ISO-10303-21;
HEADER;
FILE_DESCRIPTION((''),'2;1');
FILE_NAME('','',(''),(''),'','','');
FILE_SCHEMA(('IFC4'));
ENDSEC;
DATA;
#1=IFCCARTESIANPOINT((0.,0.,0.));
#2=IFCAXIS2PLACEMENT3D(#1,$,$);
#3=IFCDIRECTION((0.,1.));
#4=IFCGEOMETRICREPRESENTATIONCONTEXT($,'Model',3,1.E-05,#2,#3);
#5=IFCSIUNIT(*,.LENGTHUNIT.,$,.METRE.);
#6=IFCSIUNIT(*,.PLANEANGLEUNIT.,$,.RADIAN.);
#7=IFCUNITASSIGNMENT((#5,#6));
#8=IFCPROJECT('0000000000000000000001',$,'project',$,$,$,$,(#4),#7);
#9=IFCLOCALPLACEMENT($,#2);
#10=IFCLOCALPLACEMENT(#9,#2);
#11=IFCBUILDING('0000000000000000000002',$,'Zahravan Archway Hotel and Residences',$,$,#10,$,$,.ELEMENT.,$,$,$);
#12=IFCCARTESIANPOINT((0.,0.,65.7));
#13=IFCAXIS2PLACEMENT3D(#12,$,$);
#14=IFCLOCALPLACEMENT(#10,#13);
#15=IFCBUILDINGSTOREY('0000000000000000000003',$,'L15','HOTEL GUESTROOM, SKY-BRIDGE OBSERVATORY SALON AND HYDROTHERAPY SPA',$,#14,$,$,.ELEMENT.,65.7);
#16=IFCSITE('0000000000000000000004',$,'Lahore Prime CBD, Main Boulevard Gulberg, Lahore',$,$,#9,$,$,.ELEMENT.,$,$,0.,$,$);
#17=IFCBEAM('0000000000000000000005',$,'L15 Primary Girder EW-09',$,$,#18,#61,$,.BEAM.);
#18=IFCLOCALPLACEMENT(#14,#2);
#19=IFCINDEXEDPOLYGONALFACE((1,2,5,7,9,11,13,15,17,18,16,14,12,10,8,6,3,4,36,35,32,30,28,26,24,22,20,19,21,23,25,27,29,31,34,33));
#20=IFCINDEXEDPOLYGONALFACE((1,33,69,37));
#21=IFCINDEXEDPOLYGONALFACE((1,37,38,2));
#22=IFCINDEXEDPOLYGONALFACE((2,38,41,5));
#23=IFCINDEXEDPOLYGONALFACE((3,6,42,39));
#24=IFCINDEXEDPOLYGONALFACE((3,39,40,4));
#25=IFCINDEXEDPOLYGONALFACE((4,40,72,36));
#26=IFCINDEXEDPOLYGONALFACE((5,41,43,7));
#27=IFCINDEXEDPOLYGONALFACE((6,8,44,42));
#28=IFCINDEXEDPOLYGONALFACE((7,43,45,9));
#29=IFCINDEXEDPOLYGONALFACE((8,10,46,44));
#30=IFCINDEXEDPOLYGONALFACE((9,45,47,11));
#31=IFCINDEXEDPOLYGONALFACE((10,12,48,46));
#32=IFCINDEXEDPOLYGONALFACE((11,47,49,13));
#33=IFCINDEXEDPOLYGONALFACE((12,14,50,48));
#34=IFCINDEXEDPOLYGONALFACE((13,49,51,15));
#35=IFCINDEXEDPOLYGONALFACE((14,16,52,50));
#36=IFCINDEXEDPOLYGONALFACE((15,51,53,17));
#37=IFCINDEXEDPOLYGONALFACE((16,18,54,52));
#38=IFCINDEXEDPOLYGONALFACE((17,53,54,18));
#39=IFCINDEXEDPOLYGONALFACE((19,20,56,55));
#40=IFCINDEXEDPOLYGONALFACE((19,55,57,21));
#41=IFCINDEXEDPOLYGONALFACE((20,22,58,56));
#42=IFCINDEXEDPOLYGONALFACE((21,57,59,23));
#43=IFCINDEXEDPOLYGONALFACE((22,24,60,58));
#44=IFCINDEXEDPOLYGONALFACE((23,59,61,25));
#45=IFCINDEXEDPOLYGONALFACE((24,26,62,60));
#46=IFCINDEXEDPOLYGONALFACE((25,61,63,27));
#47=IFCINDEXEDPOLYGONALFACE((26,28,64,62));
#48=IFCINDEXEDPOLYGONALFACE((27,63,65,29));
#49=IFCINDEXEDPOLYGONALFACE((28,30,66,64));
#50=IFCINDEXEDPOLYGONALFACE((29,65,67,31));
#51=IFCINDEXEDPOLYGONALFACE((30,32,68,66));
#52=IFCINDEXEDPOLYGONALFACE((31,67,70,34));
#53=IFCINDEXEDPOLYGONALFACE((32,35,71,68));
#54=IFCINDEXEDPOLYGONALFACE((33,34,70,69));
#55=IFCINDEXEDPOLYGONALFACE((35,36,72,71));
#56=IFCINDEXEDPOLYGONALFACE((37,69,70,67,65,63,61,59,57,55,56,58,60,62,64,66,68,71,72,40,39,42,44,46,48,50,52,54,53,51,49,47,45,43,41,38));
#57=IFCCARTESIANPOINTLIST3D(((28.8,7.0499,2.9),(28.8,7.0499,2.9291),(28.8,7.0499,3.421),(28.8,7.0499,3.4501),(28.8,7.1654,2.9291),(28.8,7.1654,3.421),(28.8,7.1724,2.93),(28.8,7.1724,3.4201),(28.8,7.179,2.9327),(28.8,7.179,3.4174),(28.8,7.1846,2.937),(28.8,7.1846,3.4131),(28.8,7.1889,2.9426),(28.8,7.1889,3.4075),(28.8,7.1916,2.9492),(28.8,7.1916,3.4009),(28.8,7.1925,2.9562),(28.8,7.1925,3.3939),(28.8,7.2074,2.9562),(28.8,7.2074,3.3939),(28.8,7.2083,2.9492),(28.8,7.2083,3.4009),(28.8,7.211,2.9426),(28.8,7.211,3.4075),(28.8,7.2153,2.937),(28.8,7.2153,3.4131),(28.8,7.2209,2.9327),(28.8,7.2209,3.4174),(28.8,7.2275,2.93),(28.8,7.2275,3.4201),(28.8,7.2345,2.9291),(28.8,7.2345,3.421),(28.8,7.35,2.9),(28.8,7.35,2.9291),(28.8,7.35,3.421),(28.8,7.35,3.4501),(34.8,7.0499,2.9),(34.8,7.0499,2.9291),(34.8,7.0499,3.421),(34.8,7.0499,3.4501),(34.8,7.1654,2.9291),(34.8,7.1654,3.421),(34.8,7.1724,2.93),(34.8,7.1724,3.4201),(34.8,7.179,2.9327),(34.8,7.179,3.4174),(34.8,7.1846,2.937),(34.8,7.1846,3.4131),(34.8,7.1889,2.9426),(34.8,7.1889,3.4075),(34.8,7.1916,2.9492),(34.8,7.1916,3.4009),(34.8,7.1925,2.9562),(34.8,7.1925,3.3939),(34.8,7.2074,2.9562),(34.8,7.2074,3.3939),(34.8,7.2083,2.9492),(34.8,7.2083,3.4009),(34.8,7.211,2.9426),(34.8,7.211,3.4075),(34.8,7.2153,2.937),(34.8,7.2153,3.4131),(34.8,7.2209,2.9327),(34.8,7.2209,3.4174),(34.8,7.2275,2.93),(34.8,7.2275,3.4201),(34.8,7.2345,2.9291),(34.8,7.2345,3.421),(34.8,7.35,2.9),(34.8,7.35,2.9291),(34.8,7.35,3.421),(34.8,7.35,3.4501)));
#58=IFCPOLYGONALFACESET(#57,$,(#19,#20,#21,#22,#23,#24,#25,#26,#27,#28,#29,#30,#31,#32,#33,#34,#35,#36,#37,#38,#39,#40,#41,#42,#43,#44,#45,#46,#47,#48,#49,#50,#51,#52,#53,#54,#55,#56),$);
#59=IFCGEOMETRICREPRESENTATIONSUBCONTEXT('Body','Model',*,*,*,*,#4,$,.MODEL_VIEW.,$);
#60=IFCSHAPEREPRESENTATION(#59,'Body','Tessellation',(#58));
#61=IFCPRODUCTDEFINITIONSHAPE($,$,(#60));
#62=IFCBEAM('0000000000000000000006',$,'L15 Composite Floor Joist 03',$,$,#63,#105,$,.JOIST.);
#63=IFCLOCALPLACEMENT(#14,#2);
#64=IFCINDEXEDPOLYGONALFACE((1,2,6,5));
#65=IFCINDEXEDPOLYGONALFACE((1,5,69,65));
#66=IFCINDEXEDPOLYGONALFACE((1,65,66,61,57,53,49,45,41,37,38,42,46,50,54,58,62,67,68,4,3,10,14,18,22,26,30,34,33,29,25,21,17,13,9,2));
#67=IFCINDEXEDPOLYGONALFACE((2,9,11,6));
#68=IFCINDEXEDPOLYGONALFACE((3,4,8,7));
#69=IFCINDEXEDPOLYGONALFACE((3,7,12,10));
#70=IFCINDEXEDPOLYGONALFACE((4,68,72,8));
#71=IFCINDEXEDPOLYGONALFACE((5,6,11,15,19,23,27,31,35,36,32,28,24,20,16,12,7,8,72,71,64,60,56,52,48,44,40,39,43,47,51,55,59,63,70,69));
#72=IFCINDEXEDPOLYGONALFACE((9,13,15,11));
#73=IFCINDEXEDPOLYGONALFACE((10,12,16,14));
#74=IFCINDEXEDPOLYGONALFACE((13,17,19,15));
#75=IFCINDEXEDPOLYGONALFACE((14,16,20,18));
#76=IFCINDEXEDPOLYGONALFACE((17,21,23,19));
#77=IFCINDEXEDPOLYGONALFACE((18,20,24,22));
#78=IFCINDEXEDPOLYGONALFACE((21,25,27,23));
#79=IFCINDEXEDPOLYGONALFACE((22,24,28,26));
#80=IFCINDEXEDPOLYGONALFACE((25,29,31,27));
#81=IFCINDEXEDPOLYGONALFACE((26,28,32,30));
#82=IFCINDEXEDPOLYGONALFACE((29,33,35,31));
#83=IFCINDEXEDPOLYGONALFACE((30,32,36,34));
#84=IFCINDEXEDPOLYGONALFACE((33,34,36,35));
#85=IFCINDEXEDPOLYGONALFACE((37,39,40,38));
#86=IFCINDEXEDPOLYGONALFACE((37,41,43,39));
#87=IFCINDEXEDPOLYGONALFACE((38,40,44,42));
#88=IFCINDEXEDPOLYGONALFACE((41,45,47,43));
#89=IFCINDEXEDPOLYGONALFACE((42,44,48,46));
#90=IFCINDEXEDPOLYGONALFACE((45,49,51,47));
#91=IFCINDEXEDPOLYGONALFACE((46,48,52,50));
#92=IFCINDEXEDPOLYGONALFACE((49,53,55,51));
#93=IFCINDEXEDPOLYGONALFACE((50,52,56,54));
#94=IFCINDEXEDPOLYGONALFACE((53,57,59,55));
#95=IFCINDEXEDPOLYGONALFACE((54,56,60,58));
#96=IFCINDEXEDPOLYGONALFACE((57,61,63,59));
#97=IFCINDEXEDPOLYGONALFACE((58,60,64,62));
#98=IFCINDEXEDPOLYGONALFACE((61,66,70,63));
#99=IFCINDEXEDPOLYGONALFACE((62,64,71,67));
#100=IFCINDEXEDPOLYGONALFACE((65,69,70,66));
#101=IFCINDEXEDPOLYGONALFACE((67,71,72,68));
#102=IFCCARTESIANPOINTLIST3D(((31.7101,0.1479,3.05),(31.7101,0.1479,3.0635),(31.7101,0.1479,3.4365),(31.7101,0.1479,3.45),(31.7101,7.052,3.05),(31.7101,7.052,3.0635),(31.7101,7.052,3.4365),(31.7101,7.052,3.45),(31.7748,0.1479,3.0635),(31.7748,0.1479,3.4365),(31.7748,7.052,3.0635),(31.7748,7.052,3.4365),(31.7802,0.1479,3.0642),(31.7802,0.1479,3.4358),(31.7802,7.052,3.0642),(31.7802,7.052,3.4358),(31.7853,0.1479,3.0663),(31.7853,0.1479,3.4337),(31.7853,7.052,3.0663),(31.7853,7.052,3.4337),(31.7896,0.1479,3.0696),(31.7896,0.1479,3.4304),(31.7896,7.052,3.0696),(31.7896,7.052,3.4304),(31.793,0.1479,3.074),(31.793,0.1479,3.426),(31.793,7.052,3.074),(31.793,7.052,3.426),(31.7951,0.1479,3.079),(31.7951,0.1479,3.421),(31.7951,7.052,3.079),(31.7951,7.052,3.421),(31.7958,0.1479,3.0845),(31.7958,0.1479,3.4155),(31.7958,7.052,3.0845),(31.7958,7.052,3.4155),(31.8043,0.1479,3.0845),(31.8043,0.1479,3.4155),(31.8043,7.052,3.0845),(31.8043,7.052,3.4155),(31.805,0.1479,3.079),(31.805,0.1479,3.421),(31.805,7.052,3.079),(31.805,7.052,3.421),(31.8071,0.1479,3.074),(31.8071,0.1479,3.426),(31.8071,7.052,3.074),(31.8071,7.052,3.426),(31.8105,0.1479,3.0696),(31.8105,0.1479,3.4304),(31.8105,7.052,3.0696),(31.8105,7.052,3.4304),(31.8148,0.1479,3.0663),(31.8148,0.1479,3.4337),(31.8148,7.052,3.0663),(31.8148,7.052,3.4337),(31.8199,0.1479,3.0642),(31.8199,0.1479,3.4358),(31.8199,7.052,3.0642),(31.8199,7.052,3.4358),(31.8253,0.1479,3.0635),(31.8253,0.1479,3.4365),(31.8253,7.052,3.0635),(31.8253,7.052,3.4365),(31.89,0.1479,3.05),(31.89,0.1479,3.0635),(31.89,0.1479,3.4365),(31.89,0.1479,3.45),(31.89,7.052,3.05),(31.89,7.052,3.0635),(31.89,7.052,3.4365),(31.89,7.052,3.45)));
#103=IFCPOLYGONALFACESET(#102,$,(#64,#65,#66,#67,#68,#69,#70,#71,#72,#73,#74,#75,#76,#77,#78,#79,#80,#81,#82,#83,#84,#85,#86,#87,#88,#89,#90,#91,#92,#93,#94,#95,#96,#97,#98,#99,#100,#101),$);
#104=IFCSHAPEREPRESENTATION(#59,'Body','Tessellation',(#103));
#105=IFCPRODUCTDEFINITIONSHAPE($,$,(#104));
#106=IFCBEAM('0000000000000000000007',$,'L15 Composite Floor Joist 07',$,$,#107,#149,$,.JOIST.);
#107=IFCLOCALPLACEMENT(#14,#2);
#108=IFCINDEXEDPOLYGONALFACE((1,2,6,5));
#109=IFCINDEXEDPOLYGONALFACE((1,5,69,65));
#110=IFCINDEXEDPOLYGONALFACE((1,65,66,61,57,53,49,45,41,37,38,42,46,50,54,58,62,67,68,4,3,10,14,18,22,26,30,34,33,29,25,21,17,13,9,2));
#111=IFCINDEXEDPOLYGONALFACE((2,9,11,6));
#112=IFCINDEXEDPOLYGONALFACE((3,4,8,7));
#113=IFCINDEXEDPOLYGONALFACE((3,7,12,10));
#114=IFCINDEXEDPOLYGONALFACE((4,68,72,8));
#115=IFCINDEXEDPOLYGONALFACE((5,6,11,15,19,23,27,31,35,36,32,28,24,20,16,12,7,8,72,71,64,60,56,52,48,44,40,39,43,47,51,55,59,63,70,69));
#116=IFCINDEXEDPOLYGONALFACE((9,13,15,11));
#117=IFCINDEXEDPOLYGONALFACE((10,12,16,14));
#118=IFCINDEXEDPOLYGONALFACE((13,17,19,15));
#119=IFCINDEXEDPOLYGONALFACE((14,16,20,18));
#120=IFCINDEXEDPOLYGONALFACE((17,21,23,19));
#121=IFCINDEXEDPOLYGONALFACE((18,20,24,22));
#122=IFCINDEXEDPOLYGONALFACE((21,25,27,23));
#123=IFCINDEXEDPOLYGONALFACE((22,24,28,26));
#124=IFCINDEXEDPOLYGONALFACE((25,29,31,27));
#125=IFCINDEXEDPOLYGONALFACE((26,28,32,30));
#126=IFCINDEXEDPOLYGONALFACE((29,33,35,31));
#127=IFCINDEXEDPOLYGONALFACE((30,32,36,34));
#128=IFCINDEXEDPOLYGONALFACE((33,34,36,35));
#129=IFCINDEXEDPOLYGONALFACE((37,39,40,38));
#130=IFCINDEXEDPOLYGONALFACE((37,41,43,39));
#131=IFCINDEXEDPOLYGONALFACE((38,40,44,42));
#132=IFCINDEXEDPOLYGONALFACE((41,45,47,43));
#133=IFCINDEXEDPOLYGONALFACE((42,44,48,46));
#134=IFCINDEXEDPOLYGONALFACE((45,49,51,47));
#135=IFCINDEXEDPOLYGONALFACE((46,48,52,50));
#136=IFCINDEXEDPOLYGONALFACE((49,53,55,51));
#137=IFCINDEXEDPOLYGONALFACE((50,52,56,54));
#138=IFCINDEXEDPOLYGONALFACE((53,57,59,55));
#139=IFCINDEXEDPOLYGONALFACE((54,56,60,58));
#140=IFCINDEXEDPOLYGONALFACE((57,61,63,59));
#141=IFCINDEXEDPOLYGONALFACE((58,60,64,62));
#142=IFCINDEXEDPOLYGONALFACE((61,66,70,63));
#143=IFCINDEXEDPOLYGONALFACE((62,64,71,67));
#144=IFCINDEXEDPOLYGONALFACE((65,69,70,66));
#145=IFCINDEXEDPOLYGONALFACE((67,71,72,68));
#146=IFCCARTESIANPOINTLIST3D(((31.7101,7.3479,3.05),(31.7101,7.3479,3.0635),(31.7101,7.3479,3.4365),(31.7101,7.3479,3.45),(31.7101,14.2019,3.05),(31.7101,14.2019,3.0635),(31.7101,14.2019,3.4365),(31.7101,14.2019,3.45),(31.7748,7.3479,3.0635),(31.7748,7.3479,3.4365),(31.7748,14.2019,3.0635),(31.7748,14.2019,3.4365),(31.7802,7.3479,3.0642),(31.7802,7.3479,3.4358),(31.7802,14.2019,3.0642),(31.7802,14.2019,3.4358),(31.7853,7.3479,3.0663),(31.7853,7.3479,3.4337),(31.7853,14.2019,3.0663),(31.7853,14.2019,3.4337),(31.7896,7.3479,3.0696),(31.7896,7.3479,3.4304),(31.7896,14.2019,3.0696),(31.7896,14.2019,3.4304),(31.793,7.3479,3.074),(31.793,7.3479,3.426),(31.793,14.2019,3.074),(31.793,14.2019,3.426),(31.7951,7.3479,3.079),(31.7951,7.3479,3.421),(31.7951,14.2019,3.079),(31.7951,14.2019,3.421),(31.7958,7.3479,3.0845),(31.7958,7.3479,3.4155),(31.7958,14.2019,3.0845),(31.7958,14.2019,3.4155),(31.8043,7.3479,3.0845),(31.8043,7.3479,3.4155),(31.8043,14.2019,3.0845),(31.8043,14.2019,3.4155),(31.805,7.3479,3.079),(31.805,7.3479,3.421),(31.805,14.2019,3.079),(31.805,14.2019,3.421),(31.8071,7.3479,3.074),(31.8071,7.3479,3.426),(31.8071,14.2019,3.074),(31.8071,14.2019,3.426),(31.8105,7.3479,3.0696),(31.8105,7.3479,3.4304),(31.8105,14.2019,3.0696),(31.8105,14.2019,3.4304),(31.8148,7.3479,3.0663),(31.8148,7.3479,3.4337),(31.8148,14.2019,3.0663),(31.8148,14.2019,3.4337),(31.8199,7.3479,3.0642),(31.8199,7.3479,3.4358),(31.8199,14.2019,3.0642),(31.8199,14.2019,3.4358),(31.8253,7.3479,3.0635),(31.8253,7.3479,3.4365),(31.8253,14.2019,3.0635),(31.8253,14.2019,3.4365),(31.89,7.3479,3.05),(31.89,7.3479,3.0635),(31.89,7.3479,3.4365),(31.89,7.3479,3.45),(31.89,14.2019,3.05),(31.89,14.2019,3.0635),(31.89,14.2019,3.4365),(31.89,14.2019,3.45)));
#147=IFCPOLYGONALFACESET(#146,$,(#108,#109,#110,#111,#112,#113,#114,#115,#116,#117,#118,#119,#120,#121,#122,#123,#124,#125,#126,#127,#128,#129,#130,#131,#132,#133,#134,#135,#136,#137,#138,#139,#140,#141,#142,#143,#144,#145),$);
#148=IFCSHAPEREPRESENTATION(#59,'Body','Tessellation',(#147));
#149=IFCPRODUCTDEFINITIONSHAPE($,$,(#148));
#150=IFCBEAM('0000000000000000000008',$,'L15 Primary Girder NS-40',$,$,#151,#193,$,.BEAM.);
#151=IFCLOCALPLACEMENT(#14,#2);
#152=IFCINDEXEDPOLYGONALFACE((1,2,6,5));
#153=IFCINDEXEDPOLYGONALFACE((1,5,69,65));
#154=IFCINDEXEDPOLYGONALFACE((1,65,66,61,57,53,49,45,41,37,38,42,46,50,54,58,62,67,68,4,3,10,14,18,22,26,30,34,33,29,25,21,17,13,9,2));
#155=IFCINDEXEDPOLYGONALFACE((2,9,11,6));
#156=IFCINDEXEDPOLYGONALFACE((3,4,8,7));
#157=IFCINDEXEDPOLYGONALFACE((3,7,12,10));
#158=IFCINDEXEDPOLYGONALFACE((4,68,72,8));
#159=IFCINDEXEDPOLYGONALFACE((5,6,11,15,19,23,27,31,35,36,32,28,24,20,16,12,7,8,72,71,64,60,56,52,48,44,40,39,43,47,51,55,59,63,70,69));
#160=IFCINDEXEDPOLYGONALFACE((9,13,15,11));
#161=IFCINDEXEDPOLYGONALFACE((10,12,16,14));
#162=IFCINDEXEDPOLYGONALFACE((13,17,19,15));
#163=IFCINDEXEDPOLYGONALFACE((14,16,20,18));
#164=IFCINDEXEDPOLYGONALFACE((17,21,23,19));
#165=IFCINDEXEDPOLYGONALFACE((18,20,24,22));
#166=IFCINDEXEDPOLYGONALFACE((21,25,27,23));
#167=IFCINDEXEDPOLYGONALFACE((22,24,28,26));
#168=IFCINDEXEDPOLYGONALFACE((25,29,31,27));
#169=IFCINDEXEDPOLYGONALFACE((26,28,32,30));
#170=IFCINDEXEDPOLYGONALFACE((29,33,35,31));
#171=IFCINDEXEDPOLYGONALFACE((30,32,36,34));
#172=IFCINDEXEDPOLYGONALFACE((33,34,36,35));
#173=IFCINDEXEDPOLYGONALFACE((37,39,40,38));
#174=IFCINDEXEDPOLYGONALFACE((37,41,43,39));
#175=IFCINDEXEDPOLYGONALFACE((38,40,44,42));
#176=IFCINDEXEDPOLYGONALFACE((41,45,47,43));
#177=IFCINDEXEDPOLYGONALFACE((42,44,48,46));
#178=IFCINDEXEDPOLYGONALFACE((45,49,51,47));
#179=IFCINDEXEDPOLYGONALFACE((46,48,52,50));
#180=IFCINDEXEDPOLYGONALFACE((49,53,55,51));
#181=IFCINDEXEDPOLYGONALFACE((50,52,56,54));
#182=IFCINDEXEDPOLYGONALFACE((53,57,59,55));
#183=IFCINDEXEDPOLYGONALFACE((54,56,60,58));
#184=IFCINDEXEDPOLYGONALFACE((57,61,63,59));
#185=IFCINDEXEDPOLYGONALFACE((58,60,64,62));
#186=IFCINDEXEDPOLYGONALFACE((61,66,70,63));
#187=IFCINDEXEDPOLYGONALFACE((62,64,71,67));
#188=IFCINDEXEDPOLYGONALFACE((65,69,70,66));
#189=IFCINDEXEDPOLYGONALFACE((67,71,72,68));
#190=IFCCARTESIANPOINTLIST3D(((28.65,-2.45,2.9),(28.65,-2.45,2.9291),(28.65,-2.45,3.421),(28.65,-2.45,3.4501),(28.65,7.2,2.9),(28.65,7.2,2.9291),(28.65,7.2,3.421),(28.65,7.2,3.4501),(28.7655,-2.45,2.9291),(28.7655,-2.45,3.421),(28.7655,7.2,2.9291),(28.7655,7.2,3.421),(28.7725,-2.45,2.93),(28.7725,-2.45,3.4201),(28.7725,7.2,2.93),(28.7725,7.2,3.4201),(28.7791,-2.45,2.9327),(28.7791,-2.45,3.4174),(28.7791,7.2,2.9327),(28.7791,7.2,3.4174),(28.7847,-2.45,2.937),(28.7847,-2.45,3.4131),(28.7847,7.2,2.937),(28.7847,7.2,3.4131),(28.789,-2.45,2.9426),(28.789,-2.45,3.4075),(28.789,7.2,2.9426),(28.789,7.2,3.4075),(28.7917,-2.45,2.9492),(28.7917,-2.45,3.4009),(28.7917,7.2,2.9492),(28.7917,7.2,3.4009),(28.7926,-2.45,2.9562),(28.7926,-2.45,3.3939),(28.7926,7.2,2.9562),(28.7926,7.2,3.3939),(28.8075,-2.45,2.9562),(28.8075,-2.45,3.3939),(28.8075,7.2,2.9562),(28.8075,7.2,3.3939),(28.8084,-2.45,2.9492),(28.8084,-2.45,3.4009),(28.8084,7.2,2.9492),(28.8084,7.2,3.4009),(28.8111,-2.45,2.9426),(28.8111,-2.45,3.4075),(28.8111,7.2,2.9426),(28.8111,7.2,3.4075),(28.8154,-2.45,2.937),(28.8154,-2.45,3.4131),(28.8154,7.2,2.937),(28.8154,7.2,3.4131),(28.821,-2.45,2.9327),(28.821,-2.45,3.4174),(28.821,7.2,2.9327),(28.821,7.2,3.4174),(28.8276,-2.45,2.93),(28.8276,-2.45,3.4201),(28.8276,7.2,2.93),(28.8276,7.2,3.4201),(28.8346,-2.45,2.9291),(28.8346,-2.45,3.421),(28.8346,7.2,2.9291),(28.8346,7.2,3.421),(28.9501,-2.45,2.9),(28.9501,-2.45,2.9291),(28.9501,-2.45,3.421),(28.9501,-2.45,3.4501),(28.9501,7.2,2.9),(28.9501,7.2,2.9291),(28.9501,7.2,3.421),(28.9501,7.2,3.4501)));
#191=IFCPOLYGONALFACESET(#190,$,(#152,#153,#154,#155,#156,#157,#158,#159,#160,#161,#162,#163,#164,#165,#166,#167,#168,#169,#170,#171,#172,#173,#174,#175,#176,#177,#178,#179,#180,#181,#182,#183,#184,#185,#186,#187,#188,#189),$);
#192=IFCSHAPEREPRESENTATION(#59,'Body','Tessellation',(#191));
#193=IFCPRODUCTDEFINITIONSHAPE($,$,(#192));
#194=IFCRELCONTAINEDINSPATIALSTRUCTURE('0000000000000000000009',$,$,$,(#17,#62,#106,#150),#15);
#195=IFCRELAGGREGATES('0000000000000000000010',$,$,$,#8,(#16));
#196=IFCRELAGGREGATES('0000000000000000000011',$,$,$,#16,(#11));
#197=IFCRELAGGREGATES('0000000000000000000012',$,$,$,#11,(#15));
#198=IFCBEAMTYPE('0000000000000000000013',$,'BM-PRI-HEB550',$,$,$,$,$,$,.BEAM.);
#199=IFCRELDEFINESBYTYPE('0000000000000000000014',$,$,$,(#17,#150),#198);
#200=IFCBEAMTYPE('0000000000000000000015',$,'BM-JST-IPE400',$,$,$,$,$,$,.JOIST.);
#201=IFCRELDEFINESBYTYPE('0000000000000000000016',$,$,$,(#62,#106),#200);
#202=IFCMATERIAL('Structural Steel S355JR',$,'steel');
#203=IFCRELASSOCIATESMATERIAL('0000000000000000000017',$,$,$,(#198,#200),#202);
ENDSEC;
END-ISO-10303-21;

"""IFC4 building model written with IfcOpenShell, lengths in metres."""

from ifc_helpers import new_model, si_unit, direction, frame, origin, origin_2d, place, context, subcontext, project, spatial, i_section, extrude, source, transform, mapped, material, material_profile, profile_set, type_object, type_shapes, element, save


model = new_model("IFC4")

# Units and contexts
model_context = context("Model", 3, precision=1e-05, world=origin(), true_north=direction((0.0, 1.0)))
body_context = subcontext(model_context, "Body", "Model", "MODEL_VIEW")
ifc_project = project(units=[si_unit("LENGTHUNIT", "METRE"), si_unit("PLANEANGLEUNIT", "RADIAN")], contexts=[model_context])

# Site, building, storey
site_placement = place(None, origin())
site = spatial("IfcSite", under=ifc_project, at=site_placement, Name="Lahore Prime CBD, Main Boulevard Gulberg, Lahore", CompositionType="ELEMENT", RefElevation=0.0)
building_placement = place(site_placement, origin())
building = spatial("IfcBuilding", under=site, at=building_placement, Name="Zahravan Archway Hotel and Residences", CompositionType="ELEMENT")
storey_placement = place(building_placement, frame((0.0, 0.0, 65.7)))
storey = spatial("IfcBuildingStorey", under=building, at=storey_placement, Name="L15", Description="HOTEL GUESTROOM, SKY-BRIDGE OBSERVATORY SALON AND HYDROTHERAPY SPA", CompositionType="ELEMENT", Elevation=65.7)

# Beams
ifc_material_1 = material(Name="Structural Steel S355JR", Category="steel")
ifc_material_profile_1 = material_profile(ifc_material_1, i_section(OverallWidth=0.3, OverallDepth=0.55, WebThickness=0.0149, FlangeThickness=0.0291, FilletRadius=0.0271, at=origin_2d()), Name="HEB 550", Category="steel")
ifc_profile_set_1 = profile_set([ifc_material_profile_1], Name="Structural Steel S355JR")
beam_type_1 = type_object("IfcBeamType", Name="BM-PRI-HEB550", PredefinedType="BEAM", material=ifc_profile_set_1)
shared_shape_1 = source(origin(), body_context, "Body", "SweptSolid", [
    extrude(i_section(OverallWidth=0.3, OverallDepth=0.55, WebThickness=0.0149, FlangeThickness=0.0291, FilletRadius=0.0271, at=origin_2d()), origin(), (0.0, 0.0, 1.0), 6.0),
])
for number, where, z_axis, x_axis, name in (
    (1, (28.8, 7.2, 3.175), (1.0, 0.0, 0.0), (0.0, 1.0, 0.0), "L15 Primary Girder EW-09"),
):
    element("IfcBeam", number, at=place(storey_placement, frame(where, z_axis=z_axis, x_axis=x_axis)), inside=storey, type_object=beam_type_1, Name=name, PredefinedType="BEAM", context=body_context, shape_type="MappedRepresentation", body=[
        mapped(shared_shape_1, transform((0.0, 0.0, 0.0), scale=1.0)),
    ])
ifc_material_profile_2 = material_profile(ifc_material_1, i_section(OverallWidth=0.1799, OverallDepth=0.3999, WebThickness=0.0085, FlangeThickness=0.0134, FilletRadius=0.021, at=origin_2d()), Name="IPE 400", Category="steel")
ifc_profile_set_2 = profile_set([ifc_material_profile_2], Name="Structural Steel S355JR")
beam_type_2 = type_object("IfcBeamType", Name="BM-JST-IPE400", PredefinedType="JOIST", material=ifc_profile_set_2)
shared_shape_2 = source(origin(), body_context, "Body", "SweptSolid", [
    extrude(i_section(OverallWidth=0.1799, OverallDepth=0.3999, WebThickness=0.0085, FlangeThickness=0.0134, FilletRadius=0.021, at=origin_2d()), origin(), (0.0, 0.0, 1.0), 6.9041),
])
type_shapes(beam_type_2, [shared_shape_2])
beam_1_placement = place(storey_placement, frame((31.8, 0.1479, 3.25), z_axis=(0.0, 1.0, 0.0), x_axis=(-1.0, 0.0, 0.0)))
element("IfcBeam", 2, at=beam_1_placement, inside=storey, type_object=beam_type_2, Name="L15 Composite Floor Joist 03", PredefinedType="JOIST", context=body_context, shape_type="MappedRepresentation", body=[
    mapped(shared_shape_2, transform((0.0, 0.0, 0.0), scale=1.0)),
])
shared_shape_3 = source(origin(), body_context, "Body", "SweptSolid", [
    extrude(i_section(OverallWidth=0.1799, OverallDepth=0.3999, WebThickness=0.0085, FlangeThickness=0.0134, FilletRadius=0.021, at=origin_2d()), origin(), (0.0, 0.0, 1.0), 6.854),
])
beam_2_placement = place(storey_placement, frame((31.8, 7.3479, 3.25), z_axis=(0.0, 1.0, 0.0), x_axis=(-1.0, 0.0, 0.0)))
element("IfcBeam", 3, at=beam_2_placement, inside=storey, type_object=beam_type_2, Name="L15 Composite Floor Joist 07", PredefinedType="JOIST", context=body_context, shape_type="MappedRepresentation", body=[
    mapped(shared_shape_3, transform((0.0, 0.0, 0.0), scale=1.0)),
])
shared_shape_4 = source(origin(), body_context, "Body", "SweptSolid", [
    extrude(i_section(OverallWidth=0.3, OverallDepth=0.55, WebThickness=0.0149, FlangeThickness=0.0291, FilletRadius=0.0271, at=origin_2d()), origin(), (0.0, 0.0, 1.0), 9.6499),
])
beam_3_placement = place(storey_placement, frame((28.8, -2.45, 3.175), z_axis=(0.0, 1.0, 0.0), x_axis=(-1.0, 0.0, 0.0)))
element("IfcBeam", 4, at=beam_3_placement, inside=storey, type_object=beam_type_1, Name="L15 Primary Girder NS-40", PredefinedType="BEAM", context=body_context, shape_type="MappedRepresentation", body=[
    mapped(shared_shape_4, transform((0.0, 0.0, 0.0), scale=1.0)),
])

save(model, "model.ifc")
